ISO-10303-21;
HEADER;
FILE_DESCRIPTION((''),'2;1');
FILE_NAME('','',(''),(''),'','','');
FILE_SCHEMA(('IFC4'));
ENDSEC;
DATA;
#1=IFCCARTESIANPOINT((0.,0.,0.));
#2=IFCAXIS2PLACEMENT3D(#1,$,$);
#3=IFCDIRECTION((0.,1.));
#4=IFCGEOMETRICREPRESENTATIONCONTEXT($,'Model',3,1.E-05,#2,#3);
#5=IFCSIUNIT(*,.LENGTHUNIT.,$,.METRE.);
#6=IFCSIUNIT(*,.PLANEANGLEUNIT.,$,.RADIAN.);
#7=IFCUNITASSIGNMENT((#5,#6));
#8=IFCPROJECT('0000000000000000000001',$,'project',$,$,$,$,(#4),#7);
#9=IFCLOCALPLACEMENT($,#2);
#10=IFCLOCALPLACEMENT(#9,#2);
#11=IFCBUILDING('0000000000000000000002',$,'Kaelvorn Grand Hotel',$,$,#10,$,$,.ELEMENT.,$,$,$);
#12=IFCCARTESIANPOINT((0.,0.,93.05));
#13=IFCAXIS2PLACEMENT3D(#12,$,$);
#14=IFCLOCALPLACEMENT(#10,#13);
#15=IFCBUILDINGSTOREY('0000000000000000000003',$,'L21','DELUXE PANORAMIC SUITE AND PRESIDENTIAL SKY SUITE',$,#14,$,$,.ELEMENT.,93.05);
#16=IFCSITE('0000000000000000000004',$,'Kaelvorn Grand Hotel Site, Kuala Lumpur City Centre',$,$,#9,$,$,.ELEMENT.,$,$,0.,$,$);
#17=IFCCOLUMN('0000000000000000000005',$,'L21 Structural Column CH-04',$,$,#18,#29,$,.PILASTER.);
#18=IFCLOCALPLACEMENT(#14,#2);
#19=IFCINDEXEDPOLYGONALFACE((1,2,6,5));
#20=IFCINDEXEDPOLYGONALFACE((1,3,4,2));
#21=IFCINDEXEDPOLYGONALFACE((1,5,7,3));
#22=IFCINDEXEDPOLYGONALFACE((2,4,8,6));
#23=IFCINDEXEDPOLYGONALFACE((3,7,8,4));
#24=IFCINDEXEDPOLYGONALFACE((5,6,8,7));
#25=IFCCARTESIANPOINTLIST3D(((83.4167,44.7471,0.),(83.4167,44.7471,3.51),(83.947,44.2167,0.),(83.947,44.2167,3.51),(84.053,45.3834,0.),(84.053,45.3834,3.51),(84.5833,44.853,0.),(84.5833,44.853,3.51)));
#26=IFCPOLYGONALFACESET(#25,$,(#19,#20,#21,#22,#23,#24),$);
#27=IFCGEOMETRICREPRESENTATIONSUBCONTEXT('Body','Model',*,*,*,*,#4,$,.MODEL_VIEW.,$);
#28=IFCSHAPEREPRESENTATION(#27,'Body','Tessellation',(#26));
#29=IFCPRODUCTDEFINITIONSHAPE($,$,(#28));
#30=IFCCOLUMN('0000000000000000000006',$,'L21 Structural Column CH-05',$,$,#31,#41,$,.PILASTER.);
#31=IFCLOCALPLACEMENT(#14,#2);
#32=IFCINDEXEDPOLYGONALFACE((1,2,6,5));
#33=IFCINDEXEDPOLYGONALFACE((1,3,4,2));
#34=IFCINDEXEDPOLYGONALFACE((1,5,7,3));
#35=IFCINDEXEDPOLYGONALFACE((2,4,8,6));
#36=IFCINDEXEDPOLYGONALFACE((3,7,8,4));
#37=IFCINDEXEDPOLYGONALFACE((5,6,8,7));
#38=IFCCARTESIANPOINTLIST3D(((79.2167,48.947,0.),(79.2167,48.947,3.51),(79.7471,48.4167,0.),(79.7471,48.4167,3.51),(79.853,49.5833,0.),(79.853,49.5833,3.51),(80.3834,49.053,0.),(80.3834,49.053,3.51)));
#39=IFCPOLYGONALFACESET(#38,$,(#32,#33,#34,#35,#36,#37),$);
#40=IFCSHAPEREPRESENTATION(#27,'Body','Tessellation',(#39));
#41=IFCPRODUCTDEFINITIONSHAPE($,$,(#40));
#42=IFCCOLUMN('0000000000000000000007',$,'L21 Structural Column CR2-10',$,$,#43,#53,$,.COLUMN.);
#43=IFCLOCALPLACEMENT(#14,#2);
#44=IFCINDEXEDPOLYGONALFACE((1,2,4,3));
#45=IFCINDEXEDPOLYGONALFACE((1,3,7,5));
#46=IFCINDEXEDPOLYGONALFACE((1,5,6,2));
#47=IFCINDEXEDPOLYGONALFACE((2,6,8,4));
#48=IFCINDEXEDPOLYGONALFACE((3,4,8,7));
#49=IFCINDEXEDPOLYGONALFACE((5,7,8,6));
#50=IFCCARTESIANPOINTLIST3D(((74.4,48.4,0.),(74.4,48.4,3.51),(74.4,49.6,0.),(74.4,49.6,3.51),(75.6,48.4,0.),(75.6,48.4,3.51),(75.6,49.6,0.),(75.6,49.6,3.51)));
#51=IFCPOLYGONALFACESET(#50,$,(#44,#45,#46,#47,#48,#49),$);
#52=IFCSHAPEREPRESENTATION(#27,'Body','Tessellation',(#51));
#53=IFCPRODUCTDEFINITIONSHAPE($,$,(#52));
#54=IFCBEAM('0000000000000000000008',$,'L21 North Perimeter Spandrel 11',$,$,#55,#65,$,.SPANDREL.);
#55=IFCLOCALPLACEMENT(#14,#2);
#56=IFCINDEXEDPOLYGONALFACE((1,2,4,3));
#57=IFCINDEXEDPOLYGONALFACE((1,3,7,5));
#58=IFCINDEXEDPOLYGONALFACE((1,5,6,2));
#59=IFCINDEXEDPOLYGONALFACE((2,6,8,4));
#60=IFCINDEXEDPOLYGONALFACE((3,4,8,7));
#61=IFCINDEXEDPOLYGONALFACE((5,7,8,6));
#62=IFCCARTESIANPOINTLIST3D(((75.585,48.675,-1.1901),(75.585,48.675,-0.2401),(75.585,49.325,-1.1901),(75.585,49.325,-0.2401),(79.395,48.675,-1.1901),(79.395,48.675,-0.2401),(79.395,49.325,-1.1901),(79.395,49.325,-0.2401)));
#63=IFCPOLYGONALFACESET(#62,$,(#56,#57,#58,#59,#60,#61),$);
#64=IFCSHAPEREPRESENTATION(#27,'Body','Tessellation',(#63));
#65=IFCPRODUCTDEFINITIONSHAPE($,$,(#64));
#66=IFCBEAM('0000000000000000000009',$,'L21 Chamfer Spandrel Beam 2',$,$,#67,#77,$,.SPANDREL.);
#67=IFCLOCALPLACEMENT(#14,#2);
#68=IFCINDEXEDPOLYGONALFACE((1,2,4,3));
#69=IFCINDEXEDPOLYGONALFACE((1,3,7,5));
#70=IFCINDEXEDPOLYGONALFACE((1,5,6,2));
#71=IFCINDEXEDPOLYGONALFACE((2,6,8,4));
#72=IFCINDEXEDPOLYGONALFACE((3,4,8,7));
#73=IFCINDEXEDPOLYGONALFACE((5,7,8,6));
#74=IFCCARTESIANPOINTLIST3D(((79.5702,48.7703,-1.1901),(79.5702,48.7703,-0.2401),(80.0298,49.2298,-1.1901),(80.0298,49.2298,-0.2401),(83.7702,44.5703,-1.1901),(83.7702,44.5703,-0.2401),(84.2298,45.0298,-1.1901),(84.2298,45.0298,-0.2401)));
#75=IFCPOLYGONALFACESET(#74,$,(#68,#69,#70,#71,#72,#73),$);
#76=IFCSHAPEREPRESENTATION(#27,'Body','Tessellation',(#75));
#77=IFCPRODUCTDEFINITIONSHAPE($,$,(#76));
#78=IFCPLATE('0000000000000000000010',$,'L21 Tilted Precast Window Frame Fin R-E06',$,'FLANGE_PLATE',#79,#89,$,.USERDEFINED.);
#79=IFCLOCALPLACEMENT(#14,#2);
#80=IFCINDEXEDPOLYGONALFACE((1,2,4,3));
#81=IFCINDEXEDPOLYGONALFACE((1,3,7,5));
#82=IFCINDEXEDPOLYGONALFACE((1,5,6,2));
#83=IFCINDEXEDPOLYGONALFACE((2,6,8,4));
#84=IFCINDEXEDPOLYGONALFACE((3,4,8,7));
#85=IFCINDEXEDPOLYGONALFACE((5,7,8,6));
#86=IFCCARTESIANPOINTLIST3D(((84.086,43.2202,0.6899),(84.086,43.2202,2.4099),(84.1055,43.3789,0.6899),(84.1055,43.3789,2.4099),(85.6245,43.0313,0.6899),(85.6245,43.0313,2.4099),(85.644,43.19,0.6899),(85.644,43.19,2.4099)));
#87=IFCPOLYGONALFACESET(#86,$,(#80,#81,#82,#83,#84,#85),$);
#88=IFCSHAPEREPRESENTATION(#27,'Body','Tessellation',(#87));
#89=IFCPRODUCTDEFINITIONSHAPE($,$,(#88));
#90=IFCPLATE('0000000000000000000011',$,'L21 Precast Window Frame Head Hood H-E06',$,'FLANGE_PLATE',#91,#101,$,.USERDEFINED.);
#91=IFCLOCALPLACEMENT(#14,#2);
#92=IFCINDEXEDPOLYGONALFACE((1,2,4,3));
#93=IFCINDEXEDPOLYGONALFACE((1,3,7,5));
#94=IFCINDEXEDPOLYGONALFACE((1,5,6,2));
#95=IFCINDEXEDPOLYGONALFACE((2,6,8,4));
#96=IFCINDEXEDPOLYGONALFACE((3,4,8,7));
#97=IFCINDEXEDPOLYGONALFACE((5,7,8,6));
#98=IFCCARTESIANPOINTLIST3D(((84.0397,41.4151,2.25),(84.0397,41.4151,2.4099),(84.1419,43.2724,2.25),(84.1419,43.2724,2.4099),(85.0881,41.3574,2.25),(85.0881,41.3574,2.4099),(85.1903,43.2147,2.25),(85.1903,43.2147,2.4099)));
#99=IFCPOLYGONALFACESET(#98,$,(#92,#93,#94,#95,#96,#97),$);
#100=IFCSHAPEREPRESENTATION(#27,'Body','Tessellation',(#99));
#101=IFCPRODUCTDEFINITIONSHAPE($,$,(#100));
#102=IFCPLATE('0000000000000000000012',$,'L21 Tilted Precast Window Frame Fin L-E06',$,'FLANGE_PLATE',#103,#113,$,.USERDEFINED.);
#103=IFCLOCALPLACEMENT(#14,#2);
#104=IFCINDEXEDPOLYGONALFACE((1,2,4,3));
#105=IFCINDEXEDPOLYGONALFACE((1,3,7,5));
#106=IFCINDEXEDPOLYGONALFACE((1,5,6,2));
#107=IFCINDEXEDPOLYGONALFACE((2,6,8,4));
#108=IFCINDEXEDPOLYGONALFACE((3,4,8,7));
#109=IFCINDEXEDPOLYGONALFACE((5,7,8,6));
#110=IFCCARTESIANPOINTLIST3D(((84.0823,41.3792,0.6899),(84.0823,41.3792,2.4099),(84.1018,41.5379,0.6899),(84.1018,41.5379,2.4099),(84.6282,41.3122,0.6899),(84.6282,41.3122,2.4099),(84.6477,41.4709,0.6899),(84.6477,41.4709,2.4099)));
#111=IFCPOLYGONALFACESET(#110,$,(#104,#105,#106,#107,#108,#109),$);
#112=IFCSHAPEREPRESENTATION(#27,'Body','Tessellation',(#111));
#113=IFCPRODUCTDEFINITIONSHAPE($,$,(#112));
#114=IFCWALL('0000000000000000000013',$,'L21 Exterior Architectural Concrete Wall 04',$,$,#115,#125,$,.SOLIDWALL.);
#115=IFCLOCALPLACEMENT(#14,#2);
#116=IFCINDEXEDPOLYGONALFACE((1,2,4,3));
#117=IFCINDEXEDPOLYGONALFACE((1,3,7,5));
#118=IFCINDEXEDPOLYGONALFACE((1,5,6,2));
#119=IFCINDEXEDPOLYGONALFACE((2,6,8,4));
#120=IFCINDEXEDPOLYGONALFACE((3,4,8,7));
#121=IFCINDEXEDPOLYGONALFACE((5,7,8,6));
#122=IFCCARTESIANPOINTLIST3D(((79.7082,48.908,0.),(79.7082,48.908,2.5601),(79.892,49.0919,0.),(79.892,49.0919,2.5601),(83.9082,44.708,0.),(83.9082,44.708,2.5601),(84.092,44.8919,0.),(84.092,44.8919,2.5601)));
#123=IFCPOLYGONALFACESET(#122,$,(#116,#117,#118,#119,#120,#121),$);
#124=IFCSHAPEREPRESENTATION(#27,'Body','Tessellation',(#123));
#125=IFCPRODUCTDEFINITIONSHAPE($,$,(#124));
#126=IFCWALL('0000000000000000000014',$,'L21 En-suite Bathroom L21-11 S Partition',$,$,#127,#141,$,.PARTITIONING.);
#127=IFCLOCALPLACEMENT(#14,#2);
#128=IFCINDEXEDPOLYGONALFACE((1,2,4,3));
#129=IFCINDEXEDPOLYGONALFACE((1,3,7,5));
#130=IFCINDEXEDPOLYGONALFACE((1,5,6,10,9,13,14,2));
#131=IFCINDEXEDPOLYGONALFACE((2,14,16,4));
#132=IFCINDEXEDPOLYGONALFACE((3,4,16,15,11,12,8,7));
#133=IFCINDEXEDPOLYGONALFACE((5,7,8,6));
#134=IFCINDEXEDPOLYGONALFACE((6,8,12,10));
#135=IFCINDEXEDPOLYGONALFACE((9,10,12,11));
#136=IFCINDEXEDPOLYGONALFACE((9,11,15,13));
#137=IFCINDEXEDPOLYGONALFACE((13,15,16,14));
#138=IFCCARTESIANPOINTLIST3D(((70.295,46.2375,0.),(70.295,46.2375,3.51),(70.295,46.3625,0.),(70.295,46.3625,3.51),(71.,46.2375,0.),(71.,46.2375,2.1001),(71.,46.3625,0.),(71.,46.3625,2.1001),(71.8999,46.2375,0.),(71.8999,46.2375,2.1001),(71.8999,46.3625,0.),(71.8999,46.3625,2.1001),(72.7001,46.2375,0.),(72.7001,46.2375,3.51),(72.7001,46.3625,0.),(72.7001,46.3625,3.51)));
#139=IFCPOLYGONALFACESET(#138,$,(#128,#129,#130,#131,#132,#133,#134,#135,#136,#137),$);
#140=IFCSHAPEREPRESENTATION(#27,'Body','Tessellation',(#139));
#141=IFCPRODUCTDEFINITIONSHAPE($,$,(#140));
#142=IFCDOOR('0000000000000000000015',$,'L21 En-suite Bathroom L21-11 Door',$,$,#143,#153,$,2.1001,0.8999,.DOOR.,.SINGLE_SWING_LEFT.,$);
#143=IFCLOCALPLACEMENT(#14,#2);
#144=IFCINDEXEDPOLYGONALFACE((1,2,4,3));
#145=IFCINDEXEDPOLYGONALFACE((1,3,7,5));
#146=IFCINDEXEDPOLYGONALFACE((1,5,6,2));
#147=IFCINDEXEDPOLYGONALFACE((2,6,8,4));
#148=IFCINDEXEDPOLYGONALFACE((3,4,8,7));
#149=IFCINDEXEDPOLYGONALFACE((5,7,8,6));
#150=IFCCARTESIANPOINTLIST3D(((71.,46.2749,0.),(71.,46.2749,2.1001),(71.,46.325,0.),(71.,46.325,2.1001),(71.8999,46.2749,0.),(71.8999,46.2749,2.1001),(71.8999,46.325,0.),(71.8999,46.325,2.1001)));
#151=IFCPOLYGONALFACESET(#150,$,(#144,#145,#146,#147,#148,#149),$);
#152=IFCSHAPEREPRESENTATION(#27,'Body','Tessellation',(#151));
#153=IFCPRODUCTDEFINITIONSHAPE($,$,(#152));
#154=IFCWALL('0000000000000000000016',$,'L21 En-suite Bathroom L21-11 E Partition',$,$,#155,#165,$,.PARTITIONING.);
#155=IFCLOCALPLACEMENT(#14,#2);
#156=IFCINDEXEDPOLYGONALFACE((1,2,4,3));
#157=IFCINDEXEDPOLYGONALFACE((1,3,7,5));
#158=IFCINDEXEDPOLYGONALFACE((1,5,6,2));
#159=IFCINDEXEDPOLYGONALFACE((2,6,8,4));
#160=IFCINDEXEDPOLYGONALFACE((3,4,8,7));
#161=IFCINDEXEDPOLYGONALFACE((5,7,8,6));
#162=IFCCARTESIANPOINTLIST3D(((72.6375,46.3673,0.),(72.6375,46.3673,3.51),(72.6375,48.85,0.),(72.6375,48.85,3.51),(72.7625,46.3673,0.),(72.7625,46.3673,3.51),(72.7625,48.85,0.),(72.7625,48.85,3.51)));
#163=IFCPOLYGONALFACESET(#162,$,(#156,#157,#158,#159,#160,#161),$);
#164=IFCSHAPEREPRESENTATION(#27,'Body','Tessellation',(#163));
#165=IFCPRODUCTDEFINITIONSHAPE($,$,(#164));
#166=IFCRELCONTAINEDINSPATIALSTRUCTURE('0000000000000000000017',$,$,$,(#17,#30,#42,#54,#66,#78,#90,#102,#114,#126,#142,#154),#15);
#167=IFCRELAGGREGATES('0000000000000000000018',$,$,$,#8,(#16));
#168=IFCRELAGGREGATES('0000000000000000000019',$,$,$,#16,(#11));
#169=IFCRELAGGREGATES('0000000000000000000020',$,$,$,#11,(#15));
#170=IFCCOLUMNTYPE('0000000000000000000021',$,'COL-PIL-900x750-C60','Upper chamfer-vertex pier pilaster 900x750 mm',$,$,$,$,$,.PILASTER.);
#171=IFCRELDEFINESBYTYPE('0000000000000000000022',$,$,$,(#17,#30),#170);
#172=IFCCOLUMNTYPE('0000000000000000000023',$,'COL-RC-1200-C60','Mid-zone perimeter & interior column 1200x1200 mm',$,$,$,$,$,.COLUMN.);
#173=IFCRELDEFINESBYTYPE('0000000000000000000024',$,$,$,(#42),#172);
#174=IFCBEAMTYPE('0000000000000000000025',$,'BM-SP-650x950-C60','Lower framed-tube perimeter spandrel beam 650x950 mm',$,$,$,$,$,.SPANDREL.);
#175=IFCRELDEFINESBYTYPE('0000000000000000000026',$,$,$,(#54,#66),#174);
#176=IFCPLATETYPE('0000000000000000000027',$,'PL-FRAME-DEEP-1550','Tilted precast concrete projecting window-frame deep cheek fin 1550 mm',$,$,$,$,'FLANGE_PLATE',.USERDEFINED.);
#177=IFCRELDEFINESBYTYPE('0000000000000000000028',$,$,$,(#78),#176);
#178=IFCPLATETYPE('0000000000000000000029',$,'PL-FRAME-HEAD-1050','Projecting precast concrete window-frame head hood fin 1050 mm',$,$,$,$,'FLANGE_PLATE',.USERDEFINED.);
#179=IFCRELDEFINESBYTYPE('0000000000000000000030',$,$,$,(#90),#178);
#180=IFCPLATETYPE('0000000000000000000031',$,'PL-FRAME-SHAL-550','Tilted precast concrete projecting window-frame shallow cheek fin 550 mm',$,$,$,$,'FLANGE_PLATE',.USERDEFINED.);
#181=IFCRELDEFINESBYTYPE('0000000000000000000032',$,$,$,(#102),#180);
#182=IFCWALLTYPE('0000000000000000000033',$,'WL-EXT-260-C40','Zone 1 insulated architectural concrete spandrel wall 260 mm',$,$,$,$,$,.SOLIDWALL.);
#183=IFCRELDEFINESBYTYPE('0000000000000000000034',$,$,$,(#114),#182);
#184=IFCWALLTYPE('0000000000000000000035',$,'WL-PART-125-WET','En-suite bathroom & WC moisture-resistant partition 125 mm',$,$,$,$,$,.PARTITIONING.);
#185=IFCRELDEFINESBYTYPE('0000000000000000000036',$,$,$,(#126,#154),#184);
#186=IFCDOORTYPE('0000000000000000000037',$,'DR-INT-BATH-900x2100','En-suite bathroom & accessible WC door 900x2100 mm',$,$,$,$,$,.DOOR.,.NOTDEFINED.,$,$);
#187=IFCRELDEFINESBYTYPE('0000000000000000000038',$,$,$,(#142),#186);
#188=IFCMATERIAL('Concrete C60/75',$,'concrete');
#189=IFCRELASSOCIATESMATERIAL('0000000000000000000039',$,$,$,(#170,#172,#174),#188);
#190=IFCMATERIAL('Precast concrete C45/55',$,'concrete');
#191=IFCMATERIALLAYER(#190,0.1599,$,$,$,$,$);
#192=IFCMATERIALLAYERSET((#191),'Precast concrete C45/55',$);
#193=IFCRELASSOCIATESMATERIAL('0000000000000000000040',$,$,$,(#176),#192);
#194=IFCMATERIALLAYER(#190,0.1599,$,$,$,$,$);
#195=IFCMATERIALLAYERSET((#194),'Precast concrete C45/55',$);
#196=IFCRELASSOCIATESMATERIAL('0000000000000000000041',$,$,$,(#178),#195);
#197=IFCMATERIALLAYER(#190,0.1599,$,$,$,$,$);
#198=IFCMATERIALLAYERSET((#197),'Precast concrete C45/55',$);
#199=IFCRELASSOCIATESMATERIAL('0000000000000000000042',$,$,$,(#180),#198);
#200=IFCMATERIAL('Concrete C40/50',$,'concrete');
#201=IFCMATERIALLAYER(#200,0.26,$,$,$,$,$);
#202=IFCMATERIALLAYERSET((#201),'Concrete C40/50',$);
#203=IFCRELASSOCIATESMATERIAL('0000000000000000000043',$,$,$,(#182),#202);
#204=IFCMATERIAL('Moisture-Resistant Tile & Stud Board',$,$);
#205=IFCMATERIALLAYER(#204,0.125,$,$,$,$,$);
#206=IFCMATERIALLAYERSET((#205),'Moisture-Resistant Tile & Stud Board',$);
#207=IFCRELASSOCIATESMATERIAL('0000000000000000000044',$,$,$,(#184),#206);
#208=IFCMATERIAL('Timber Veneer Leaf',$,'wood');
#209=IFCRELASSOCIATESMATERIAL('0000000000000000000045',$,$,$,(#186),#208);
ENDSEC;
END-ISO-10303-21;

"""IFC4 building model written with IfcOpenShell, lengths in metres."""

from ifc_helpers import new_model, si_unit, direction, frame, frame_2d, origin, origin_2d, place, context, subcontext, project, spatial, rectangle, extrude, material, layer, layer_set, material_profile, profile_set, type_object, element, fill, save


model = new_model("IFC4")

# Units and contexts
model_context = context("Model", 3, precision=1e-05, world=origin(), true_north=direction((0.0, 1.0)))
body_context = subcontext(model_context, "Body", "Model", "MODEL_VIEW")
ifc_project = project(units=[si_unit("LENGTHUNIT", "METRE"), si_unit("PLANEANGLEUNIT", "RADIAN")], contexts=[model_context])

# Site, building, storey
site_placement = place(None, origin())
site = spatial("IfcSite", under=ifc_project, at=site_placement, Name="Kaelvorn Grand Hotel Site, Kuala Lumpur City Centre", CompositionType="ELEMENT", RefElevation=0.0)
building_placement = place(site_placement, origin())
building = spatial("IfcBuilding", under=site, at=building_placement, Name="Kaelvorn Grand Hotel", CompositionType="ELEMENT")
storey_placement = place(building_placement, frame((0.0, 0.0, 93.05)))
storey = spatial("IfcBuildingStorey", under=building, at=storey_placement, Name="L21", Description="DELUXE PANORAMIC SUITE AND PRESIDENTIAL SKY SUITE", CompositionType="ELEMENT", Elevation=93.05)

# Columns
ifc_material_1 = material(Name="Concrete C60/75", Category="concrete")
ifc_material_profile_1 = material_profile(ifc_material_1, rectangle(XDim=0.8999, YDim=0.75, at=origin_2d()), Name="RC PILASTER 900x750")
ifc_profile_set_1 = profile_set([ifc_material_profile_1], Name="Concrete C60/75")
column_type_1 = type_object("IfcColumnType", Name="COL-PIL-900x750-C60", Description="Upper chamfer-vertex pier pilaster 900x750 mm", PredefinedType="PILASTER", material=ifc_profile_set_1)
for number, where, z_axis, x_axis, name in (
    (1, (84.0, 44.8, 0.0), (0.0, 0.0, 1.0), (0.707107, 0.707107, 0.0), "L21 Structural Column CH-04"),
    (2, (79.8, 49.0, 0.0), (0.0, 0.0, 1.0), (0.707107, 0.707107, 0.0), "L21 Structural Column CH-05"),
):
    element("IfcColumn", number, at=place(storey_placement, frame(where, z_axis=z_axis, x_axis=x_axis)), inside=storey, type_object=column_type_1, Name=name, PredefinedType="PILASTER", context=body_context, shape_type="SweptSolid", body=[
        extrude(rectangle(XDim=0.8999, YDim=0.75, at=origin_2d()), origin(), (0.0, 0.0, 1.0), 3.51),
    ])
ifc_material_profile_2 = material_profile(ifc_material_1, rectangle(XDim=1.2, YDim=1.2, at=origin_2d()), Name="RC COL 1200x1200")
ifc_profile_set_2 = profile_set([ifc_material_profile_2], Name="Concrete C60/75")
column_type_2 = type_object("IfcColumnType", Name="COL-RC-1200-C60", Description="Mid-zone perimeter & interior column 1200x1200 mm", PredefinedType="COLUMN", material=ifc_profile_set_2)
column_placement = place(storey_placement, frame((75.0, 49.0, 0.0), z_axis=(0.0, 0.0, 1.0), x_axis=(1.0, 0.0, 0.0)))
element("IfcColumn", 3, at=column_placement, inside=storey, type_object=column_type_2, Name="L21 Structural Column CR2-10", PredefinedType="COLUMN", context=body_context, shape_type="SweptSolid", body=[
    extrude(rectangle(XDim=1.2, YDim=1.2, at=origin_2d()), origin(), (0.0, 0.0, 1.0), 3.51),
])

# Beams
ifc_material_profile_3 = material_profile(ifc_material_1, rectangle(XDim=0.6499, YDim=0.95, at=origin_2d()), Name="RC SPANDREL 650x950")
ifc_profile_set_3 = profile_set([ifc_material_profile_3], Name="Concrete C60/75")
beam_type = type_object("IfcBeamType", Name="BM-SP-650x950-C60", Description="Lower framed-tube perimeter spandrel beam 650x950 mm", PredefinedType="SPANDREL", material=ifc_profile_set_3)
beam_1_placement = place(storey_placement, frame((75.585, 49.0, -0.7151), z_axis=(1.0, 0.0, 0.0), x_axis=(0.0, 1.0, 0.0)))
element("IfcBeam", 4, at=beam_1_placement, inside=storey, type_object=beam_type, Name="L21 North Perimeter Spandrel 11", PredefinedType="SPANDREL", context=body_context, shape_type="SweptSolid", body=[
    extrude(rectangle(XDim=0.6499, YDim=0.95, at=origin_2d()), origin(), (0.0, 0.0, 1.0), 3.8101),
])
beam_2_placement = place(storey_placement, frame((84.0, 44.8, -0.7151), z_axis=(-0.707107, 0.707107, 0.0), x_axis=(-0.707107, -0.707107, 0.0)))
element("IfcBeam", 5, at=beam_2_placement, inside=storey, type_object=beam_type, Name="L21 Chamfer Spandrel Beam 2", PredefinedType="SPANDREL", context=body_context, shape_type="SweptSolid", body=[
    extrude(rectangle(XDim=0.6499, YDim=0.95, at=origin_2d()), origin(), (0.0, 0.0, 1.0), 5.9397),
])

# Plates
ifc_material_2 = material(Name="Precast concrete C45/55", Category="concrete")
ifc_layer_1 = layer(ifc_material_2, 0.1599)
ifc_layer_set_1 = layer_set([ifc_layer_1], Name="Precast concrete C45/55")
plate_type_1 = type_object("IfcPlateType", Name="PL-FRAME-DEEP-1550", Description="Tilted precast concrete projecting window-frame deep cheek fin 1550 mm", ElementType="FLANGE_PLATE", PredefinedType="USERDEFINED", material=ifc_layer_set_1)
plate_1_placement = place(storey_placement, frame((84.865, 43.2051, 0.6899), z_axis=(0.0, 0.0, 1.0), x_axis=(0.121869, 0.992546, 0.0)))
element("IfcPlate", 6, at=plate_1_placement, inside=storey, type_object=plate_type_1, Name="L21 Tilted Precast Window Frame Fin R-E06", ObjectType="FLANGE_PLATE", PredefinedType="USERDEFINED", context=body_context, shape_type="SweptSolid", body=[
    extrude(rectangle(XDim=0.1599, YDim=1.55, at=origin_2d()), origin(), (0.0, 0.0, 1.0), 1.72),
])
ifc_layer_2 = layer(ifc_material_2, 0.1599)
ifc_layer_set_2 = layer_set([ifc_layer_2], Name="Precast concrete C45/55")
plate_type_2 = type_object("IfcPlateType", Name="PL-FRAME-HEAD-1050", Description="Projecting precast concrete window-frame head hood fin 1050 mm", ElementType="FLANGE_PLATE", PredefinedType="USERDEFINED", material=ifc_layer_set_2)
plate_2_placement = place(storey_placement, frame((84.615, 42.3149, 2.25), z_axis=(0.0, 0.0, 1.0), x_axis=(0.05495, 0.998489, 0.0)))
element("IfcPlate", 7, at=plate_2_placement, inside=storey, type_object=plate_type_2, Name="L21 Precast Window Frame Head Hood H-E06", ObjectType="FLANGE_PLATE", PredefinedType="USERDEFINED", context=body_context, shape_type="SweptSolid", body=[
    extrude(rectangle(XDim=1.8601, YDim=1.05, at=origin_2d()), origin(), (0.0, 0.0, 1.0), 0.1599),
])
ifc_layer_3 = layer(ifc_material_2, 0.1599)
ifc_layer_set_3 = layer_set([ifc_layer_3], Name="Precast concrete C45/55")
plate_type_3 = type_object("IfcPlateType", Name="PL-FRAME-SHAL-550", Description="Tilted precast concrete projecting window-frame shallow cheek fin 550 mm", ElementType="FLANGE_PLATE", PredefinedType="USERDEFINED", material=ifc_layer_set_3)
plate_3_placement = place(storey_placement, frame((84.365, 41.425, 0.6899), z_axis=(0.0, 0.0, 1.0), x_axis=(0.121869, 0.992546, 0.0)))
element("IfcPlate", 8, at=plate_3_placement, inside=storey, type_object=plate_type_3, Name="L21 Tilted Precast Window Frame Fin L-E06", ObjectType="FLANGE_PLATE", PredefinedType="USERDEFINED", context=body_context, shape_type="SweptSolid", body=[
    extrude(rectangle(XDim=0.1599, YDim=0.55, at=origin_2d()), origin(), (0.0, 0.0, 1.0), 1.72),
])

# Wall
ifc_material_3 = material(Name="Concrete C40/50", Category="concrete")
ifc_layer_4 = layer(ifc_material_3, 0.26)
ifc_layer_set_4 = layer_set([ifc_layer_4], Name="Concrete C40/50")
wall_type_1 = type_object("IfcWallType", Name="WL-EXT-260-C40", Description="Zone 1 insulated architectural concrete spandrel wall 260 mm", PredefinedType="SOLIDWALL", material=ifc_layer_set_4)
wall_1_placement = place(storey_placement, frame((84.0, 44.8, 0.0), z_axis=(0.0, 0.0, 1.0), x_axis=(-0.707107, 0.707107, 0.0)))
element("IfcWall", 9, at=wall_1_placement, inside=storey, type_object=wall_type_1, Name="L21 Exterior Architectural Concrete Wall 04", PredefinedType="SOLIDWALL", context=body_context, shape_type="SweptSolid", body=[
    extrude(rectangle(XDim=5.9397, YDim=0.26, at=frame_2d((2.9697, 0.0))), origin(), (0.0, 0.0, 1.0), 2.5601),
])

# Wall, opening, door
ifc_material_4 = material(Name="Moisture-Resistant Tile & Stud Board")
ifc_layer_5 = layer(ifc_material_4, 0.125)
ifc_layer_set_5 = layer_set([ifc_layer_5], Name="Moisture-Resistant Tile & Stud Board")
wall_type_2 = type_object("IfcWallType", Name="WL-PART-125-WET", Description="En-suite bathroom & WC moisture-resistant partition 125 mm", PredefinedType="PARTITIONING", material=ifc_layer_set_5)
wall_2_placement = place(storey_placement, frame((70.2949, 46.3, 0.0), z_axis=(0.0, 0.0, 1.0), x_axis=(1.0, 0.0, 0.0)))
wall_2 = element("IfcWall", 10, at=wall_2_placement, inside=storey, type_object=wall_type_2, Name="L21 En-suite Bathroom L21-11 S Partition", PredefinedType="PARTITIONING", context=body_context, shape_type="SweptSolid", body=[
    extrude(rectangle(XDim=2.405, YDim=0.125, at=frame_2d((1.2026, 0.0))), origin(), (0.0, 0.0, 1.0), 3.51),
])
opening_1_placement = place(wall_2_placement, frame((0.7051, 0.0, 0.0)))
opening_1 = element("IfcOpeningElement", 11, at=opening_1_placement, cuts=wall_2, PredefinedType="OPENING", context=body_context, shape_type="SweptSolid", body=[
    extrude(rectangle(XDim=0.8999, YDim=2.1001, at=frame_2d((0.45, 1.05))), frame((0.0, 0.0725, 0.0), z_axis=(0.0, -1.0, 0.0), x_axis=(1.0, 0.0, 0.0)), (0.0, 0.0, 1.0), 0.145),
])
ifc_material_5 = material(Name="Timber Veneer Leaf", Category="wood")
door_type = type_object("IfcDoorType", Name="DR-INT-BATH-900x2100", Description="En-suite bathroom & accessible WC door 900x2100 mm", OperationType="NOTDEFINED", PredefinedType="DOOR", material=ifc_material_5)
door_placement = place(opening_1_placement, origin())
door = element("IfcDoor", 12, at=door_placement, inside=storey, type_object=door_type, Name="L21 En-suite Bathroom L21-11 Door", OperationType="SINGLE_SWING_LEFT", OverallHeight=2.1001, OverallWidth=0.8999, PredefinedType="DOOR", context=body_context, shape_type="SweptSolid", body=[
    extrude(rectangle(XDim=0.8999, YDim=2.1001, at=frame_2d((0.45, 1.05))), frame((0.0, 0.0249, 0.0), z_axis=(0.0, -1.0, 0.0), x_axis=(1.0, 0.0, 0.0)), (0.0, 0.0, 1.0), 0.05),
])
fill(opening_1, door)

# Wall
wall_3_placement = place(storey_placement, frame((72.7, 46.3674, 0.0), z_axis=(0.0, 0.0, 1.0), x_axis=(0.0, 1.0, 0.0)))
element("IfcWall", 13, at=wall_3_placement, inside=storey, type_object=wall_type_2, Name="L21 En-suite Bathroom L21-11 E Partition", PredefinedType="PARTITIONING", context=body_context, shape_type="SweptSolid", body=[
    extrude(rectangle(XDim=2.4827, YDim=0.125, at=frame_2d((1.2412, 0.0))), origin(), (0.0, 0.0, 1.0), 3.51),
])

save(model, "model.ifc")
